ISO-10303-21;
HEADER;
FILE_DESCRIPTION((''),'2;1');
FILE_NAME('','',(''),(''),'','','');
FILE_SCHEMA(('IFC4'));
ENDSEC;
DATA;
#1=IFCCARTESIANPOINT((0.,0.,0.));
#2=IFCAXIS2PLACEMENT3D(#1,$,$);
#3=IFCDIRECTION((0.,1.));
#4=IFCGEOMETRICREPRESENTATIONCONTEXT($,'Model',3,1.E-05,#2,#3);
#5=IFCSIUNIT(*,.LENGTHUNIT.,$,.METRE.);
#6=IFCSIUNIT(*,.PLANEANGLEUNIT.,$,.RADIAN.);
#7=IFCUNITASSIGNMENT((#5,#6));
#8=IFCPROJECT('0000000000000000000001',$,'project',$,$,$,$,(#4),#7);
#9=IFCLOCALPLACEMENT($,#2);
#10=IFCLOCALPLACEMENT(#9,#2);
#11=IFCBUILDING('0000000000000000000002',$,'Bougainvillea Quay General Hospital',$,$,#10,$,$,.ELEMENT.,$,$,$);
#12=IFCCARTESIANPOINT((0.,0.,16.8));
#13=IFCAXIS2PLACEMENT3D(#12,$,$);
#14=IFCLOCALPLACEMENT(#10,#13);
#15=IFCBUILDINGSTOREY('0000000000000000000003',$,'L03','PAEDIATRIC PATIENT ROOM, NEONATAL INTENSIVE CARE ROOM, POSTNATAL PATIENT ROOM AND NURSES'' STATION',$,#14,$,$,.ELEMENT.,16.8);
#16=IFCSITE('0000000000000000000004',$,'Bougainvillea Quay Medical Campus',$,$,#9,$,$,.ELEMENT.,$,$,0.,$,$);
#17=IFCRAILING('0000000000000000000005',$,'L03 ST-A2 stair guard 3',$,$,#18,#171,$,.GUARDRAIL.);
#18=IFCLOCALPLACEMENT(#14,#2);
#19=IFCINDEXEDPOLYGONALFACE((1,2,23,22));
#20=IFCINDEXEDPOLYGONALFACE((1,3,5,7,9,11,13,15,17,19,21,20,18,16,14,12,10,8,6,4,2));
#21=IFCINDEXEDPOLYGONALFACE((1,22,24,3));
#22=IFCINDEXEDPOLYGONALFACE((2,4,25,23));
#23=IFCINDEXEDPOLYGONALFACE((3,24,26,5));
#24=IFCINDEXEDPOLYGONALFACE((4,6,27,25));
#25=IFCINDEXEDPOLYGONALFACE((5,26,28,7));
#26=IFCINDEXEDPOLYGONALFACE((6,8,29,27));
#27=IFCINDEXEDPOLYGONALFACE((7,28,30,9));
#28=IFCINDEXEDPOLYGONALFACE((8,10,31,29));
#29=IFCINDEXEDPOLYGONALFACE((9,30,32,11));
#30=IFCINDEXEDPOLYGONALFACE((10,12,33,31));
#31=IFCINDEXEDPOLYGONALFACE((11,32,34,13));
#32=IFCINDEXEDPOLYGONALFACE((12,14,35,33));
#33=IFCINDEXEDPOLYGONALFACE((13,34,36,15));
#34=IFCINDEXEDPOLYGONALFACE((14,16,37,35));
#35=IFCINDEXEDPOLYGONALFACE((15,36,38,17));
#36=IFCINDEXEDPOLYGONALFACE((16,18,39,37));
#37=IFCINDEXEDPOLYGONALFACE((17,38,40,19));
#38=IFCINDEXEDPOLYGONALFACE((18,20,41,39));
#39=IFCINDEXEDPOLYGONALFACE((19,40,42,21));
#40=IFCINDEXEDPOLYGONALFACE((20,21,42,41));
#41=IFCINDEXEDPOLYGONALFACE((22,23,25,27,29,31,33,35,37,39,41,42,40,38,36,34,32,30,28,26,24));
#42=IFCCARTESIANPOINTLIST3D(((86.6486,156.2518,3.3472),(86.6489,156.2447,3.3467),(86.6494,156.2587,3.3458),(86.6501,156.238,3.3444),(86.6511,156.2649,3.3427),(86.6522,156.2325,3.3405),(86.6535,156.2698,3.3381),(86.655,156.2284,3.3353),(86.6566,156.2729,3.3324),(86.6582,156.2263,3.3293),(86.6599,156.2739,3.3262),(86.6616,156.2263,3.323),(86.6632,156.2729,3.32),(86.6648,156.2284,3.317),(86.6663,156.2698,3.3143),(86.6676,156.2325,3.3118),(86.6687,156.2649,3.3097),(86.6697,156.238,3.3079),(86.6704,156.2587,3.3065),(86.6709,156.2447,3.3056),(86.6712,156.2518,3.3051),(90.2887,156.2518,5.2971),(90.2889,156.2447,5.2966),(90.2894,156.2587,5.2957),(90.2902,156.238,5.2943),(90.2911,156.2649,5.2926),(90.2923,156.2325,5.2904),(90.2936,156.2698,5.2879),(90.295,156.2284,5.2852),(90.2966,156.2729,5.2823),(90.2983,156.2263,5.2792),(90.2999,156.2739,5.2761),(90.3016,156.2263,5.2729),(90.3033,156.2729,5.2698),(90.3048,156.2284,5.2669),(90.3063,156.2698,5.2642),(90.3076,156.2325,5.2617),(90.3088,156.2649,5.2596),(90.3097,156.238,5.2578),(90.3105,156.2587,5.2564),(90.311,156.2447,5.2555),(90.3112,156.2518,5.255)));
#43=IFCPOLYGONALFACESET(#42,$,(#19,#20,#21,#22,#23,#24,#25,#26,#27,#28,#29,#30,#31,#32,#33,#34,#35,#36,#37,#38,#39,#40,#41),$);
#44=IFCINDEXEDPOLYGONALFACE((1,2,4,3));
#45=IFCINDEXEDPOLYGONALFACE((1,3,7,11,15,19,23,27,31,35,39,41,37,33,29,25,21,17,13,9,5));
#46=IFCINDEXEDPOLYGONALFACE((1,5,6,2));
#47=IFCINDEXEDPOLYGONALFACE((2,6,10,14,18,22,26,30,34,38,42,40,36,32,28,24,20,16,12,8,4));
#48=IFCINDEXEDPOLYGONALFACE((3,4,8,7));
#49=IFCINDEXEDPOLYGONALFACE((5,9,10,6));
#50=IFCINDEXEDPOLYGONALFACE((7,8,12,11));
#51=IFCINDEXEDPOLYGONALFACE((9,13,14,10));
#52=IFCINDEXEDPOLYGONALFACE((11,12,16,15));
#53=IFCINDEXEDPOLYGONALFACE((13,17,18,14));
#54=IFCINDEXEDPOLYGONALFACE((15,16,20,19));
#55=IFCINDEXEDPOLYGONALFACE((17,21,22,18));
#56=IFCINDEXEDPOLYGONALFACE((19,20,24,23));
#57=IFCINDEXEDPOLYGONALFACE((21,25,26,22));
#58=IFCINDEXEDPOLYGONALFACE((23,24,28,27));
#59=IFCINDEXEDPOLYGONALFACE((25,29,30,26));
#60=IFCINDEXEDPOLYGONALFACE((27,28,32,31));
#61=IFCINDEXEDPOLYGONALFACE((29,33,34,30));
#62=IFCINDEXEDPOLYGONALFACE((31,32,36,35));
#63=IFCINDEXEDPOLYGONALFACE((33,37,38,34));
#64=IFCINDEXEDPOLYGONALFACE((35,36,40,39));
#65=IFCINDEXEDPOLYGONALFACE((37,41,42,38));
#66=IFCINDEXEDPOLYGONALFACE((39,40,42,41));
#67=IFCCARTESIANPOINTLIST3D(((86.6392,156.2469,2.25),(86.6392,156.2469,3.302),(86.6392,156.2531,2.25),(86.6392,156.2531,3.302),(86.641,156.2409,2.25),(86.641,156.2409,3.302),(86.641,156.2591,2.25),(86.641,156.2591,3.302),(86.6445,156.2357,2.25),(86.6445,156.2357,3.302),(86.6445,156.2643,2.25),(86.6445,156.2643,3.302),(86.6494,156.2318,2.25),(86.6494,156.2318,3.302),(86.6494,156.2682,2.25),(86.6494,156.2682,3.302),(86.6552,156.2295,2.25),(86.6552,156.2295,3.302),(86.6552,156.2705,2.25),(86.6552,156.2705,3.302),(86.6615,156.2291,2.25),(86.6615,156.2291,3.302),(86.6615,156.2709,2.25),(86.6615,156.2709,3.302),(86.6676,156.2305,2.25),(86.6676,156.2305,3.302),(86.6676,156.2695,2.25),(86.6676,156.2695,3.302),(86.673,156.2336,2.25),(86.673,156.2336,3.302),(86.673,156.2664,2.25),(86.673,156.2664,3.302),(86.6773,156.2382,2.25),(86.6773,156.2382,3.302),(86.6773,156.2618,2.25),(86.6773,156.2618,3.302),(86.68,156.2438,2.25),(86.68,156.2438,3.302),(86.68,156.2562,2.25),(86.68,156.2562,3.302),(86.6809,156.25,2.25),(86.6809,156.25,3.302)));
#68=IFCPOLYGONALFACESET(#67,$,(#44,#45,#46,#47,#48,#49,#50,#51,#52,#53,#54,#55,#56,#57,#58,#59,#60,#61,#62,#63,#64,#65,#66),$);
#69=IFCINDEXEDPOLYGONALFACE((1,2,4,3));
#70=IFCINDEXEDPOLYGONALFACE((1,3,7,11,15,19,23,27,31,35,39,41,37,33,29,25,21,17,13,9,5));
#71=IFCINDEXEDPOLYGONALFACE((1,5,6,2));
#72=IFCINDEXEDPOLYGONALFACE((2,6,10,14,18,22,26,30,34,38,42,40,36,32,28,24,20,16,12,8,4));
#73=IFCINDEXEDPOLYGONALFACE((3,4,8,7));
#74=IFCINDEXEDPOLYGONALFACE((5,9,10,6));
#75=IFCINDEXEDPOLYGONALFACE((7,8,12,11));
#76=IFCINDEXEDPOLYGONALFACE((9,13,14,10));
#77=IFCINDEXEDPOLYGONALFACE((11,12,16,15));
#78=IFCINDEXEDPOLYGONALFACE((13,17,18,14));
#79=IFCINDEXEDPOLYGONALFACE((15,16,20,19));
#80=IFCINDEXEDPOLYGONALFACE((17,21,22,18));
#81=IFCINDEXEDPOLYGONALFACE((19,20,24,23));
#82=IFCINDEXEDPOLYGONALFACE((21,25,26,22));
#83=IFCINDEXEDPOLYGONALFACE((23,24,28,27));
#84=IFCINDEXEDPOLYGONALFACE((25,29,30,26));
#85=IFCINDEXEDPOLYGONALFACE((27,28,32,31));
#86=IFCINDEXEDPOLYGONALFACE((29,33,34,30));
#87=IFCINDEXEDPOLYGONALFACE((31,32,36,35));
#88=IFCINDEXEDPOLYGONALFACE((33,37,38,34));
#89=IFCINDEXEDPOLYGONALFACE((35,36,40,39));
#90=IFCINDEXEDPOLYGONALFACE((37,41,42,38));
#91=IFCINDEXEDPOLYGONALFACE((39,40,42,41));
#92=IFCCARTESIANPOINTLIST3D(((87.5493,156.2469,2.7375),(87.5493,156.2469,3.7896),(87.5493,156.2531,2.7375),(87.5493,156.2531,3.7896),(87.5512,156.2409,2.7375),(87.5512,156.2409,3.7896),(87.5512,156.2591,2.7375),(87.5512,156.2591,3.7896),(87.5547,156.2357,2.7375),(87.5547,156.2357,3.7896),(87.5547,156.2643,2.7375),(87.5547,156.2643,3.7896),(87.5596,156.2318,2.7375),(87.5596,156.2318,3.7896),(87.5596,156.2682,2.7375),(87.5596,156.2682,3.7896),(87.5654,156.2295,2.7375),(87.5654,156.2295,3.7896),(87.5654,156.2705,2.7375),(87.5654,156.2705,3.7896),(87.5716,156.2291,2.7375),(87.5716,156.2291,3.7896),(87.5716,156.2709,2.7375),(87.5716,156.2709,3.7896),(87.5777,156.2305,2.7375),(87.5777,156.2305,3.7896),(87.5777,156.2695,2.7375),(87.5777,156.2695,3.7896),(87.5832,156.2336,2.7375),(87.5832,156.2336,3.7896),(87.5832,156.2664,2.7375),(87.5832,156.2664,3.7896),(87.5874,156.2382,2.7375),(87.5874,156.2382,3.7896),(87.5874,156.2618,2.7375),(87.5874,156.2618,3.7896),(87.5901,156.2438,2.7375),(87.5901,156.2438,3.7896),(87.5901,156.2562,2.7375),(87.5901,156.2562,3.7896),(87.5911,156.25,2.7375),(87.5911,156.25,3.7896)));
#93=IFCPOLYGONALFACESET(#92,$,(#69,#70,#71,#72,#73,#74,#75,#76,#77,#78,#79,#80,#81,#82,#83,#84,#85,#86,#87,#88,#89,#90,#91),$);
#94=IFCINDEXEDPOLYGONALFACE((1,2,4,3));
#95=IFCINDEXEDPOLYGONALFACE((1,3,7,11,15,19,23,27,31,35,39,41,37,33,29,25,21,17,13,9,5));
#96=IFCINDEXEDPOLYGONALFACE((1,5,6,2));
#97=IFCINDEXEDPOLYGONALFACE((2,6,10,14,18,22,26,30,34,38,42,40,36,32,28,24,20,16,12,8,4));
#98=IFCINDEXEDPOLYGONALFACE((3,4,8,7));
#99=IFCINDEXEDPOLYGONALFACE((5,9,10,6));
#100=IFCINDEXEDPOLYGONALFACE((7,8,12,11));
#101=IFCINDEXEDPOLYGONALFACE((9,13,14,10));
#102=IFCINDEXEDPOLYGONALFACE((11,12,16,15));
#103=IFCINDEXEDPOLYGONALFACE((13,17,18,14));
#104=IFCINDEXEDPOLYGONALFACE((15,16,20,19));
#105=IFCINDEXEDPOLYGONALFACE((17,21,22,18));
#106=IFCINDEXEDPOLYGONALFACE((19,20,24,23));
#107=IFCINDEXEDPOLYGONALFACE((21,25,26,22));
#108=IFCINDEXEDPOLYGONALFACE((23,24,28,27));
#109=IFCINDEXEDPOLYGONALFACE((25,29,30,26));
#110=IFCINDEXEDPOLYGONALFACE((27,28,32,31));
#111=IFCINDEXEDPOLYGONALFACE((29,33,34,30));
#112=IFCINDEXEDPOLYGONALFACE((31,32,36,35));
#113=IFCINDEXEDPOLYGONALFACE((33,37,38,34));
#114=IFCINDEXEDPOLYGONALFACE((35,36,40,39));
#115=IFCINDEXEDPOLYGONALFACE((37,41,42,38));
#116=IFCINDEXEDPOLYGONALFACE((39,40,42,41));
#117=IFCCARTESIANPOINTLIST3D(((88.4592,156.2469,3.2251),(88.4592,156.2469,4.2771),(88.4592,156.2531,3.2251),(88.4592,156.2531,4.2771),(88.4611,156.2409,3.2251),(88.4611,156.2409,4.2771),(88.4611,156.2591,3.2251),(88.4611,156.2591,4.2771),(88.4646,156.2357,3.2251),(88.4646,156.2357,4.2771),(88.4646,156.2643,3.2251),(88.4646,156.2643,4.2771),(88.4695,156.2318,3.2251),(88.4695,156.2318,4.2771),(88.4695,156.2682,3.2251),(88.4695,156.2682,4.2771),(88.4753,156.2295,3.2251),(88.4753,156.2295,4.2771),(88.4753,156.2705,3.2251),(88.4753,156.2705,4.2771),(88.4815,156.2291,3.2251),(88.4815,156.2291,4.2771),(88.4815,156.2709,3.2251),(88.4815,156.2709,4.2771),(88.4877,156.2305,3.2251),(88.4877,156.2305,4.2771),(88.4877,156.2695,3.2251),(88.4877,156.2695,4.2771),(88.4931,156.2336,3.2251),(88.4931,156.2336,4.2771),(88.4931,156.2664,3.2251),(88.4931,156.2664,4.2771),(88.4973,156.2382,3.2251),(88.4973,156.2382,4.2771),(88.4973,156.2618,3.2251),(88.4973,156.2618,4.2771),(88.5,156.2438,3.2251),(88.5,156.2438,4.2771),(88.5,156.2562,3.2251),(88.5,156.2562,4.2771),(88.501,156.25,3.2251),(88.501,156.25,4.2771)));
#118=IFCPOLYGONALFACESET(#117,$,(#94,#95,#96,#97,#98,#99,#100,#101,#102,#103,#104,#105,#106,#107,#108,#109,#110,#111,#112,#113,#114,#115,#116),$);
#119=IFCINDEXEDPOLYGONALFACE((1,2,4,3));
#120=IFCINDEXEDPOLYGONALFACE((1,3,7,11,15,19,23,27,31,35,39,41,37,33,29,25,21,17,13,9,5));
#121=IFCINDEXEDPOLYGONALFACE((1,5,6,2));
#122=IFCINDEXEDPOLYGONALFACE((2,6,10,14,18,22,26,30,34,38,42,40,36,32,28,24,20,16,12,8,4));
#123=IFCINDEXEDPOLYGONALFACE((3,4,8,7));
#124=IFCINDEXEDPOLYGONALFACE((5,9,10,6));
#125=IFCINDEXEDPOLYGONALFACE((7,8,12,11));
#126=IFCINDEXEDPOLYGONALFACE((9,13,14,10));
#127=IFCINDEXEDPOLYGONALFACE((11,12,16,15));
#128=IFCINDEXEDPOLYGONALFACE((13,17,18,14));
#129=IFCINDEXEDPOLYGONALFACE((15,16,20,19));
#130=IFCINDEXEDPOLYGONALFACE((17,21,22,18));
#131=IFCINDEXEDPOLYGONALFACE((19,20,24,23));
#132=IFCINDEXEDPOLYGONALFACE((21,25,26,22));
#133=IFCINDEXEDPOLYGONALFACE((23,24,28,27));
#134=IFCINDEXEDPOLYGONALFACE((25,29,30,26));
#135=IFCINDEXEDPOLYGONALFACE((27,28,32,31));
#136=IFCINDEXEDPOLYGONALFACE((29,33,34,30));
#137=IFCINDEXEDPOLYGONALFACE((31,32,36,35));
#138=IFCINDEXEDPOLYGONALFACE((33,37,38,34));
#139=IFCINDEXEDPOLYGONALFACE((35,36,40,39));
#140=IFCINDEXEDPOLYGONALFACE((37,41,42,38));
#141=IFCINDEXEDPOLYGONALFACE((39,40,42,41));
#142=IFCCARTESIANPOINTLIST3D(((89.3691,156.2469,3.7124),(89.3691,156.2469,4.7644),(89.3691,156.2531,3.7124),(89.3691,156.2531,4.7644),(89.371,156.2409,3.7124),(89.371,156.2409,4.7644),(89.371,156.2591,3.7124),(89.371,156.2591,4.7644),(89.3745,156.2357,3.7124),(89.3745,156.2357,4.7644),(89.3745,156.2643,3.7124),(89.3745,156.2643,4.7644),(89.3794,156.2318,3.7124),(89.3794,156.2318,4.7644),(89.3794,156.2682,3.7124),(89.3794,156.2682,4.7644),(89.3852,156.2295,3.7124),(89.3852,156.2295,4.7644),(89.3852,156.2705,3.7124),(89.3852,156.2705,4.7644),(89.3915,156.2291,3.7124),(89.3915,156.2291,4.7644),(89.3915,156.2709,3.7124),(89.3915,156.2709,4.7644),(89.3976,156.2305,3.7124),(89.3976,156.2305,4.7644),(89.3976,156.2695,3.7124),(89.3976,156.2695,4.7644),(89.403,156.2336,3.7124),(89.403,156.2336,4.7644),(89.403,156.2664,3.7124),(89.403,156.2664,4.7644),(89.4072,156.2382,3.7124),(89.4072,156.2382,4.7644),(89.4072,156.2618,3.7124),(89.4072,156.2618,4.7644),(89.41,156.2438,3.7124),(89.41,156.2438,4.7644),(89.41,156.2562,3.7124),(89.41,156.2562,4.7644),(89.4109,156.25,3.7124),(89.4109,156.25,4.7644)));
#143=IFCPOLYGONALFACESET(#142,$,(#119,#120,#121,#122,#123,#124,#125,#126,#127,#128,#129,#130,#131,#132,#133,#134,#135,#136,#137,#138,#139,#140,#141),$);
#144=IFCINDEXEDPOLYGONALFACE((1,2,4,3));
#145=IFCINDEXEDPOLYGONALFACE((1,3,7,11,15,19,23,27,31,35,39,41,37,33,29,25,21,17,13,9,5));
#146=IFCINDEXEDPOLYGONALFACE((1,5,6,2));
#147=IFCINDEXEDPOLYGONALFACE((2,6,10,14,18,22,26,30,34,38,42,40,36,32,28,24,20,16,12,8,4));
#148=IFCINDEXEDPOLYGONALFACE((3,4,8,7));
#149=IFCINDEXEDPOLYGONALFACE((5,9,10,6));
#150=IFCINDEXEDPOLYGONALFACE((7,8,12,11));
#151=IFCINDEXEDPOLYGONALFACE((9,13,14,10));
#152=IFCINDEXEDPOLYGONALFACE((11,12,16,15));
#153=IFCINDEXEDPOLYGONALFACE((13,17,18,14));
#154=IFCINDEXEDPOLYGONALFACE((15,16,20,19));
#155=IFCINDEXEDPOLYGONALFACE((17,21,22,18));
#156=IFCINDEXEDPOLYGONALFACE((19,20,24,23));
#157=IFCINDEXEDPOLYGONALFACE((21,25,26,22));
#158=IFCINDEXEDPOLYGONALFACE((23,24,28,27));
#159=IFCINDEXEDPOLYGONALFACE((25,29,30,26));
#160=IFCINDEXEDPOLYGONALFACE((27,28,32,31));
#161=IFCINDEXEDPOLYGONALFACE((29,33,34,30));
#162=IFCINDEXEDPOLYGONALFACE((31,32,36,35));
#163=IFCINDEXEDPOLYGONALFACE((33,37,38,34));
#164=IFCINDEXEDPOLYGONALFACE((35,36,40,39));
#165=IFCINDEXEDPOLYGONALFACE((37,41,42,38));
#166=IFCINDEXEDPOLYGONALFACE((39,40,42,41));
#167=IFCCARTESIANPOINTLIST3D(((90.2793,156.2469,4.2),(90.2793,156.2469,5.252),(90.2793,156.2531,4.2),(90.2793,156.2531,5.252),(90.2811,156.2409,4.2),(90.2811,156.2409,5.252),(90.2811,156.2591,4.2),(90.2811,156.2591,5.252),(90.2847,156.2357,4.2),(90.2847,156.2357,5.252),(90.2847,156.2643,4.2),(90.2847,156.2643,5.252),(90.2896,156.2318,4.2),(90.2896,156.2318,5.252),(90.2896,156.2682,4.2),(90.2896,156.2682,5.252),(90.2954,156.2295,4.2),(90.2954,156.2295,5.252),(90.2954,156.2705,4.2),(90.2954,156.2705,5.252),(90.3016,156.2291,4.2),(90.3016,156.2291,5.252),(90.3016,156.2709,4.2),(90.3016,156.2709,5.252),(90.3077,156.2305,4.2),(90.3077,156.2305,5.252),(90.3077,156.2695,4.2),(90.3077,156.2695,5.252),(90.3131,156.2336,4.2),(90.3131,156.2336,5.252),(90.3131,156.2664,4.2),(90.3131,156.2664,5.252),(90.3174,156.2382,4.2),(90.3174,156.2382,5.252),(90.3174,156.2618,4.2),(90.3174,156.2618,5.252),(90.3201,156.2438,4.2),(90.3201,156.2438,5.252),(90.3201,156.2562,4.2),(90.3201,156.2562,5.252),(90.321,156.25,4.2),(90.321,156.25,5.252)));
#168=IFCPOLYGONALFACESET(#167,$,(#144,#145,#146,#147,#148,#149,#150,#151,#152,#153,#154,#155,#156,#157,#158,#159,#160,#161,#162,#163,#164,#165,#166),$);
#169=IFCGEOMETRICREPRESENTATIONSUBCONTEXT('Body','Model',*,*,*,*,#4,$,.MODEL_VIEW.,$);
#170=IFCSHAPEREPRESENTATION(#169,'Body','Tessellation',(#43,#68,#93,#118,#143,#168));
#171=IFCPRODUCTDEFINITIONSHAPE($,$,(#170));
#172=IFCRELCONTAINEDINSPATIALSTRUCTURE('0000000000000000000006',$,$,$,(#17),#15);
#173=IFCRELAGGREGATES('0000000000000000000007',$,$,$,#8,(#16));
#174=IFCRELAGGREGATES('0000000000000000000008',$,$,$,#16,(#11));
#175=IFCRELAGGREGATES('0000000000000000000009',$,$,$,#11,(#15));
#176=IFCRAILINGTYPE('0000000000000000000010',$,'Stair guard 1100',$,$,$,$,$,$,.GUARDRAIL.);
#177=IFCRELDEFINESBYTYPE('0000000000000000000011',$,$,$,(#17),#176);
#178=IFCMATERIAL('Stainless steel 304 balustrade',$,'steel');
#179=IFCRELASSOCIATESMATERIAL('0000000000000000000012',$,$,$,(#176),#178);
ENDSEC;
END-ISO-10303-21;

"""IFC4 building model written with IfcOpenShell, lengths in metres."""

from ifc_helpers import new_model, si_unit, direction, frame, origin, origin_2d, place, context, subcontext, project, spatial, circle, extrude, material, type_object, element, save


model = new_model("IFC4")

# Units and contexts
model_context = context("Model", 3, precision=1e-05, world=origin(), true_north=direction((0.0, 1.0)))
body_context = subcontext(model_context, "Body", "Model", "MODEL_VIEW")
ifc_project = project(units=[si_unit("LENGTHUNIT", "METRE"), si_unit("PLANEANGLEUNIT", "RADIAN")], contexts=[model_context])

# Site, building, storey
site_placement = place(None, origin())
site = spatial("IfcSite", under=ifc_project, at=site_placement, Name="Bougainvillea Quay Medical Campus", CompositionType="ELEMENT", RefElevation=0.0)
building_placement = place(site_placement, origin())
building = spatial("IfcBuilding", under=site, at=building_placement, Name="Bougainvillea Quay General Hospital", CompositionType="ELEMENT")
storey_placement = place(building_placement, frame((0.0, 0.0, 16.8)))
storey = spatial("IfcBuildingStorey", under=building, at=storey_placement, Name="L03", Description="PAEDIATRIC PATIENT ROOM, NEONATAL INTENSIVE CARE ROOM, POSTNATAL PATIENT ROOM AND NURSES' STATION", CompositionType="ELEMENT", Elevation=16.8)

# Railing
ifc_material_1 = material(Name="Stainless steel 304 balustrade", Category="steel")
railing_type_1 = type_object("IfcRailingType", Name="Stair guard 1100", PredefinedType="GUARDRAIL", material=ifc_material_1)
railing_1_placement = place(storey_placement, frame((86.6599, 156.25, 2.25)))
element("IfcRailing", 1, at=railing_1_placement, inside=storey, type_object=railing_type_1, Name="L03 ST-A2 stair guard 3", PredefinedType="GUARDRAIL", context=body_context, shape_type="SweptSolid", body=[
    extrude(circle(Radius=0.0239, at=origin_2d()), frame((0.0, 0.0, 1.0762), z_axis=(0.881492, 0.0, 0.472198), x_axis=(0.0, 1.0, 0.0)), (0.0, 0.0, 1.0), 4.1294),
    extrude(circle(Radius=0.021, at=origin_2d()), origin(), (0.0, 0.0, 1.0), 1.052),
    extrude(circle(Radius=0.021, at=origin_2d()), frame((0.9102, 0.0, 0.4875)), (0.0, 0.0, 1.0), 1.052),
    extrude(circle(Radius=0.021, at=origin_2d()), frame((1.8201, 0.0, 0.9751)), (0.0, 0.0, 1.0), 1.052),
    extrude(circle(Radius=0.021, at=origin_2d()), frame((2.73, 0.0, 1.4624)), (0.0, 0.0, 1.0), 1.052),
    extrude(circle(Radius=0.021, at=origin_2d()), frame((3.6401, 0.0, 1.95)), (0.0, 0.0, 1.0), 1.052),
])

save(model, "model.ifc")
